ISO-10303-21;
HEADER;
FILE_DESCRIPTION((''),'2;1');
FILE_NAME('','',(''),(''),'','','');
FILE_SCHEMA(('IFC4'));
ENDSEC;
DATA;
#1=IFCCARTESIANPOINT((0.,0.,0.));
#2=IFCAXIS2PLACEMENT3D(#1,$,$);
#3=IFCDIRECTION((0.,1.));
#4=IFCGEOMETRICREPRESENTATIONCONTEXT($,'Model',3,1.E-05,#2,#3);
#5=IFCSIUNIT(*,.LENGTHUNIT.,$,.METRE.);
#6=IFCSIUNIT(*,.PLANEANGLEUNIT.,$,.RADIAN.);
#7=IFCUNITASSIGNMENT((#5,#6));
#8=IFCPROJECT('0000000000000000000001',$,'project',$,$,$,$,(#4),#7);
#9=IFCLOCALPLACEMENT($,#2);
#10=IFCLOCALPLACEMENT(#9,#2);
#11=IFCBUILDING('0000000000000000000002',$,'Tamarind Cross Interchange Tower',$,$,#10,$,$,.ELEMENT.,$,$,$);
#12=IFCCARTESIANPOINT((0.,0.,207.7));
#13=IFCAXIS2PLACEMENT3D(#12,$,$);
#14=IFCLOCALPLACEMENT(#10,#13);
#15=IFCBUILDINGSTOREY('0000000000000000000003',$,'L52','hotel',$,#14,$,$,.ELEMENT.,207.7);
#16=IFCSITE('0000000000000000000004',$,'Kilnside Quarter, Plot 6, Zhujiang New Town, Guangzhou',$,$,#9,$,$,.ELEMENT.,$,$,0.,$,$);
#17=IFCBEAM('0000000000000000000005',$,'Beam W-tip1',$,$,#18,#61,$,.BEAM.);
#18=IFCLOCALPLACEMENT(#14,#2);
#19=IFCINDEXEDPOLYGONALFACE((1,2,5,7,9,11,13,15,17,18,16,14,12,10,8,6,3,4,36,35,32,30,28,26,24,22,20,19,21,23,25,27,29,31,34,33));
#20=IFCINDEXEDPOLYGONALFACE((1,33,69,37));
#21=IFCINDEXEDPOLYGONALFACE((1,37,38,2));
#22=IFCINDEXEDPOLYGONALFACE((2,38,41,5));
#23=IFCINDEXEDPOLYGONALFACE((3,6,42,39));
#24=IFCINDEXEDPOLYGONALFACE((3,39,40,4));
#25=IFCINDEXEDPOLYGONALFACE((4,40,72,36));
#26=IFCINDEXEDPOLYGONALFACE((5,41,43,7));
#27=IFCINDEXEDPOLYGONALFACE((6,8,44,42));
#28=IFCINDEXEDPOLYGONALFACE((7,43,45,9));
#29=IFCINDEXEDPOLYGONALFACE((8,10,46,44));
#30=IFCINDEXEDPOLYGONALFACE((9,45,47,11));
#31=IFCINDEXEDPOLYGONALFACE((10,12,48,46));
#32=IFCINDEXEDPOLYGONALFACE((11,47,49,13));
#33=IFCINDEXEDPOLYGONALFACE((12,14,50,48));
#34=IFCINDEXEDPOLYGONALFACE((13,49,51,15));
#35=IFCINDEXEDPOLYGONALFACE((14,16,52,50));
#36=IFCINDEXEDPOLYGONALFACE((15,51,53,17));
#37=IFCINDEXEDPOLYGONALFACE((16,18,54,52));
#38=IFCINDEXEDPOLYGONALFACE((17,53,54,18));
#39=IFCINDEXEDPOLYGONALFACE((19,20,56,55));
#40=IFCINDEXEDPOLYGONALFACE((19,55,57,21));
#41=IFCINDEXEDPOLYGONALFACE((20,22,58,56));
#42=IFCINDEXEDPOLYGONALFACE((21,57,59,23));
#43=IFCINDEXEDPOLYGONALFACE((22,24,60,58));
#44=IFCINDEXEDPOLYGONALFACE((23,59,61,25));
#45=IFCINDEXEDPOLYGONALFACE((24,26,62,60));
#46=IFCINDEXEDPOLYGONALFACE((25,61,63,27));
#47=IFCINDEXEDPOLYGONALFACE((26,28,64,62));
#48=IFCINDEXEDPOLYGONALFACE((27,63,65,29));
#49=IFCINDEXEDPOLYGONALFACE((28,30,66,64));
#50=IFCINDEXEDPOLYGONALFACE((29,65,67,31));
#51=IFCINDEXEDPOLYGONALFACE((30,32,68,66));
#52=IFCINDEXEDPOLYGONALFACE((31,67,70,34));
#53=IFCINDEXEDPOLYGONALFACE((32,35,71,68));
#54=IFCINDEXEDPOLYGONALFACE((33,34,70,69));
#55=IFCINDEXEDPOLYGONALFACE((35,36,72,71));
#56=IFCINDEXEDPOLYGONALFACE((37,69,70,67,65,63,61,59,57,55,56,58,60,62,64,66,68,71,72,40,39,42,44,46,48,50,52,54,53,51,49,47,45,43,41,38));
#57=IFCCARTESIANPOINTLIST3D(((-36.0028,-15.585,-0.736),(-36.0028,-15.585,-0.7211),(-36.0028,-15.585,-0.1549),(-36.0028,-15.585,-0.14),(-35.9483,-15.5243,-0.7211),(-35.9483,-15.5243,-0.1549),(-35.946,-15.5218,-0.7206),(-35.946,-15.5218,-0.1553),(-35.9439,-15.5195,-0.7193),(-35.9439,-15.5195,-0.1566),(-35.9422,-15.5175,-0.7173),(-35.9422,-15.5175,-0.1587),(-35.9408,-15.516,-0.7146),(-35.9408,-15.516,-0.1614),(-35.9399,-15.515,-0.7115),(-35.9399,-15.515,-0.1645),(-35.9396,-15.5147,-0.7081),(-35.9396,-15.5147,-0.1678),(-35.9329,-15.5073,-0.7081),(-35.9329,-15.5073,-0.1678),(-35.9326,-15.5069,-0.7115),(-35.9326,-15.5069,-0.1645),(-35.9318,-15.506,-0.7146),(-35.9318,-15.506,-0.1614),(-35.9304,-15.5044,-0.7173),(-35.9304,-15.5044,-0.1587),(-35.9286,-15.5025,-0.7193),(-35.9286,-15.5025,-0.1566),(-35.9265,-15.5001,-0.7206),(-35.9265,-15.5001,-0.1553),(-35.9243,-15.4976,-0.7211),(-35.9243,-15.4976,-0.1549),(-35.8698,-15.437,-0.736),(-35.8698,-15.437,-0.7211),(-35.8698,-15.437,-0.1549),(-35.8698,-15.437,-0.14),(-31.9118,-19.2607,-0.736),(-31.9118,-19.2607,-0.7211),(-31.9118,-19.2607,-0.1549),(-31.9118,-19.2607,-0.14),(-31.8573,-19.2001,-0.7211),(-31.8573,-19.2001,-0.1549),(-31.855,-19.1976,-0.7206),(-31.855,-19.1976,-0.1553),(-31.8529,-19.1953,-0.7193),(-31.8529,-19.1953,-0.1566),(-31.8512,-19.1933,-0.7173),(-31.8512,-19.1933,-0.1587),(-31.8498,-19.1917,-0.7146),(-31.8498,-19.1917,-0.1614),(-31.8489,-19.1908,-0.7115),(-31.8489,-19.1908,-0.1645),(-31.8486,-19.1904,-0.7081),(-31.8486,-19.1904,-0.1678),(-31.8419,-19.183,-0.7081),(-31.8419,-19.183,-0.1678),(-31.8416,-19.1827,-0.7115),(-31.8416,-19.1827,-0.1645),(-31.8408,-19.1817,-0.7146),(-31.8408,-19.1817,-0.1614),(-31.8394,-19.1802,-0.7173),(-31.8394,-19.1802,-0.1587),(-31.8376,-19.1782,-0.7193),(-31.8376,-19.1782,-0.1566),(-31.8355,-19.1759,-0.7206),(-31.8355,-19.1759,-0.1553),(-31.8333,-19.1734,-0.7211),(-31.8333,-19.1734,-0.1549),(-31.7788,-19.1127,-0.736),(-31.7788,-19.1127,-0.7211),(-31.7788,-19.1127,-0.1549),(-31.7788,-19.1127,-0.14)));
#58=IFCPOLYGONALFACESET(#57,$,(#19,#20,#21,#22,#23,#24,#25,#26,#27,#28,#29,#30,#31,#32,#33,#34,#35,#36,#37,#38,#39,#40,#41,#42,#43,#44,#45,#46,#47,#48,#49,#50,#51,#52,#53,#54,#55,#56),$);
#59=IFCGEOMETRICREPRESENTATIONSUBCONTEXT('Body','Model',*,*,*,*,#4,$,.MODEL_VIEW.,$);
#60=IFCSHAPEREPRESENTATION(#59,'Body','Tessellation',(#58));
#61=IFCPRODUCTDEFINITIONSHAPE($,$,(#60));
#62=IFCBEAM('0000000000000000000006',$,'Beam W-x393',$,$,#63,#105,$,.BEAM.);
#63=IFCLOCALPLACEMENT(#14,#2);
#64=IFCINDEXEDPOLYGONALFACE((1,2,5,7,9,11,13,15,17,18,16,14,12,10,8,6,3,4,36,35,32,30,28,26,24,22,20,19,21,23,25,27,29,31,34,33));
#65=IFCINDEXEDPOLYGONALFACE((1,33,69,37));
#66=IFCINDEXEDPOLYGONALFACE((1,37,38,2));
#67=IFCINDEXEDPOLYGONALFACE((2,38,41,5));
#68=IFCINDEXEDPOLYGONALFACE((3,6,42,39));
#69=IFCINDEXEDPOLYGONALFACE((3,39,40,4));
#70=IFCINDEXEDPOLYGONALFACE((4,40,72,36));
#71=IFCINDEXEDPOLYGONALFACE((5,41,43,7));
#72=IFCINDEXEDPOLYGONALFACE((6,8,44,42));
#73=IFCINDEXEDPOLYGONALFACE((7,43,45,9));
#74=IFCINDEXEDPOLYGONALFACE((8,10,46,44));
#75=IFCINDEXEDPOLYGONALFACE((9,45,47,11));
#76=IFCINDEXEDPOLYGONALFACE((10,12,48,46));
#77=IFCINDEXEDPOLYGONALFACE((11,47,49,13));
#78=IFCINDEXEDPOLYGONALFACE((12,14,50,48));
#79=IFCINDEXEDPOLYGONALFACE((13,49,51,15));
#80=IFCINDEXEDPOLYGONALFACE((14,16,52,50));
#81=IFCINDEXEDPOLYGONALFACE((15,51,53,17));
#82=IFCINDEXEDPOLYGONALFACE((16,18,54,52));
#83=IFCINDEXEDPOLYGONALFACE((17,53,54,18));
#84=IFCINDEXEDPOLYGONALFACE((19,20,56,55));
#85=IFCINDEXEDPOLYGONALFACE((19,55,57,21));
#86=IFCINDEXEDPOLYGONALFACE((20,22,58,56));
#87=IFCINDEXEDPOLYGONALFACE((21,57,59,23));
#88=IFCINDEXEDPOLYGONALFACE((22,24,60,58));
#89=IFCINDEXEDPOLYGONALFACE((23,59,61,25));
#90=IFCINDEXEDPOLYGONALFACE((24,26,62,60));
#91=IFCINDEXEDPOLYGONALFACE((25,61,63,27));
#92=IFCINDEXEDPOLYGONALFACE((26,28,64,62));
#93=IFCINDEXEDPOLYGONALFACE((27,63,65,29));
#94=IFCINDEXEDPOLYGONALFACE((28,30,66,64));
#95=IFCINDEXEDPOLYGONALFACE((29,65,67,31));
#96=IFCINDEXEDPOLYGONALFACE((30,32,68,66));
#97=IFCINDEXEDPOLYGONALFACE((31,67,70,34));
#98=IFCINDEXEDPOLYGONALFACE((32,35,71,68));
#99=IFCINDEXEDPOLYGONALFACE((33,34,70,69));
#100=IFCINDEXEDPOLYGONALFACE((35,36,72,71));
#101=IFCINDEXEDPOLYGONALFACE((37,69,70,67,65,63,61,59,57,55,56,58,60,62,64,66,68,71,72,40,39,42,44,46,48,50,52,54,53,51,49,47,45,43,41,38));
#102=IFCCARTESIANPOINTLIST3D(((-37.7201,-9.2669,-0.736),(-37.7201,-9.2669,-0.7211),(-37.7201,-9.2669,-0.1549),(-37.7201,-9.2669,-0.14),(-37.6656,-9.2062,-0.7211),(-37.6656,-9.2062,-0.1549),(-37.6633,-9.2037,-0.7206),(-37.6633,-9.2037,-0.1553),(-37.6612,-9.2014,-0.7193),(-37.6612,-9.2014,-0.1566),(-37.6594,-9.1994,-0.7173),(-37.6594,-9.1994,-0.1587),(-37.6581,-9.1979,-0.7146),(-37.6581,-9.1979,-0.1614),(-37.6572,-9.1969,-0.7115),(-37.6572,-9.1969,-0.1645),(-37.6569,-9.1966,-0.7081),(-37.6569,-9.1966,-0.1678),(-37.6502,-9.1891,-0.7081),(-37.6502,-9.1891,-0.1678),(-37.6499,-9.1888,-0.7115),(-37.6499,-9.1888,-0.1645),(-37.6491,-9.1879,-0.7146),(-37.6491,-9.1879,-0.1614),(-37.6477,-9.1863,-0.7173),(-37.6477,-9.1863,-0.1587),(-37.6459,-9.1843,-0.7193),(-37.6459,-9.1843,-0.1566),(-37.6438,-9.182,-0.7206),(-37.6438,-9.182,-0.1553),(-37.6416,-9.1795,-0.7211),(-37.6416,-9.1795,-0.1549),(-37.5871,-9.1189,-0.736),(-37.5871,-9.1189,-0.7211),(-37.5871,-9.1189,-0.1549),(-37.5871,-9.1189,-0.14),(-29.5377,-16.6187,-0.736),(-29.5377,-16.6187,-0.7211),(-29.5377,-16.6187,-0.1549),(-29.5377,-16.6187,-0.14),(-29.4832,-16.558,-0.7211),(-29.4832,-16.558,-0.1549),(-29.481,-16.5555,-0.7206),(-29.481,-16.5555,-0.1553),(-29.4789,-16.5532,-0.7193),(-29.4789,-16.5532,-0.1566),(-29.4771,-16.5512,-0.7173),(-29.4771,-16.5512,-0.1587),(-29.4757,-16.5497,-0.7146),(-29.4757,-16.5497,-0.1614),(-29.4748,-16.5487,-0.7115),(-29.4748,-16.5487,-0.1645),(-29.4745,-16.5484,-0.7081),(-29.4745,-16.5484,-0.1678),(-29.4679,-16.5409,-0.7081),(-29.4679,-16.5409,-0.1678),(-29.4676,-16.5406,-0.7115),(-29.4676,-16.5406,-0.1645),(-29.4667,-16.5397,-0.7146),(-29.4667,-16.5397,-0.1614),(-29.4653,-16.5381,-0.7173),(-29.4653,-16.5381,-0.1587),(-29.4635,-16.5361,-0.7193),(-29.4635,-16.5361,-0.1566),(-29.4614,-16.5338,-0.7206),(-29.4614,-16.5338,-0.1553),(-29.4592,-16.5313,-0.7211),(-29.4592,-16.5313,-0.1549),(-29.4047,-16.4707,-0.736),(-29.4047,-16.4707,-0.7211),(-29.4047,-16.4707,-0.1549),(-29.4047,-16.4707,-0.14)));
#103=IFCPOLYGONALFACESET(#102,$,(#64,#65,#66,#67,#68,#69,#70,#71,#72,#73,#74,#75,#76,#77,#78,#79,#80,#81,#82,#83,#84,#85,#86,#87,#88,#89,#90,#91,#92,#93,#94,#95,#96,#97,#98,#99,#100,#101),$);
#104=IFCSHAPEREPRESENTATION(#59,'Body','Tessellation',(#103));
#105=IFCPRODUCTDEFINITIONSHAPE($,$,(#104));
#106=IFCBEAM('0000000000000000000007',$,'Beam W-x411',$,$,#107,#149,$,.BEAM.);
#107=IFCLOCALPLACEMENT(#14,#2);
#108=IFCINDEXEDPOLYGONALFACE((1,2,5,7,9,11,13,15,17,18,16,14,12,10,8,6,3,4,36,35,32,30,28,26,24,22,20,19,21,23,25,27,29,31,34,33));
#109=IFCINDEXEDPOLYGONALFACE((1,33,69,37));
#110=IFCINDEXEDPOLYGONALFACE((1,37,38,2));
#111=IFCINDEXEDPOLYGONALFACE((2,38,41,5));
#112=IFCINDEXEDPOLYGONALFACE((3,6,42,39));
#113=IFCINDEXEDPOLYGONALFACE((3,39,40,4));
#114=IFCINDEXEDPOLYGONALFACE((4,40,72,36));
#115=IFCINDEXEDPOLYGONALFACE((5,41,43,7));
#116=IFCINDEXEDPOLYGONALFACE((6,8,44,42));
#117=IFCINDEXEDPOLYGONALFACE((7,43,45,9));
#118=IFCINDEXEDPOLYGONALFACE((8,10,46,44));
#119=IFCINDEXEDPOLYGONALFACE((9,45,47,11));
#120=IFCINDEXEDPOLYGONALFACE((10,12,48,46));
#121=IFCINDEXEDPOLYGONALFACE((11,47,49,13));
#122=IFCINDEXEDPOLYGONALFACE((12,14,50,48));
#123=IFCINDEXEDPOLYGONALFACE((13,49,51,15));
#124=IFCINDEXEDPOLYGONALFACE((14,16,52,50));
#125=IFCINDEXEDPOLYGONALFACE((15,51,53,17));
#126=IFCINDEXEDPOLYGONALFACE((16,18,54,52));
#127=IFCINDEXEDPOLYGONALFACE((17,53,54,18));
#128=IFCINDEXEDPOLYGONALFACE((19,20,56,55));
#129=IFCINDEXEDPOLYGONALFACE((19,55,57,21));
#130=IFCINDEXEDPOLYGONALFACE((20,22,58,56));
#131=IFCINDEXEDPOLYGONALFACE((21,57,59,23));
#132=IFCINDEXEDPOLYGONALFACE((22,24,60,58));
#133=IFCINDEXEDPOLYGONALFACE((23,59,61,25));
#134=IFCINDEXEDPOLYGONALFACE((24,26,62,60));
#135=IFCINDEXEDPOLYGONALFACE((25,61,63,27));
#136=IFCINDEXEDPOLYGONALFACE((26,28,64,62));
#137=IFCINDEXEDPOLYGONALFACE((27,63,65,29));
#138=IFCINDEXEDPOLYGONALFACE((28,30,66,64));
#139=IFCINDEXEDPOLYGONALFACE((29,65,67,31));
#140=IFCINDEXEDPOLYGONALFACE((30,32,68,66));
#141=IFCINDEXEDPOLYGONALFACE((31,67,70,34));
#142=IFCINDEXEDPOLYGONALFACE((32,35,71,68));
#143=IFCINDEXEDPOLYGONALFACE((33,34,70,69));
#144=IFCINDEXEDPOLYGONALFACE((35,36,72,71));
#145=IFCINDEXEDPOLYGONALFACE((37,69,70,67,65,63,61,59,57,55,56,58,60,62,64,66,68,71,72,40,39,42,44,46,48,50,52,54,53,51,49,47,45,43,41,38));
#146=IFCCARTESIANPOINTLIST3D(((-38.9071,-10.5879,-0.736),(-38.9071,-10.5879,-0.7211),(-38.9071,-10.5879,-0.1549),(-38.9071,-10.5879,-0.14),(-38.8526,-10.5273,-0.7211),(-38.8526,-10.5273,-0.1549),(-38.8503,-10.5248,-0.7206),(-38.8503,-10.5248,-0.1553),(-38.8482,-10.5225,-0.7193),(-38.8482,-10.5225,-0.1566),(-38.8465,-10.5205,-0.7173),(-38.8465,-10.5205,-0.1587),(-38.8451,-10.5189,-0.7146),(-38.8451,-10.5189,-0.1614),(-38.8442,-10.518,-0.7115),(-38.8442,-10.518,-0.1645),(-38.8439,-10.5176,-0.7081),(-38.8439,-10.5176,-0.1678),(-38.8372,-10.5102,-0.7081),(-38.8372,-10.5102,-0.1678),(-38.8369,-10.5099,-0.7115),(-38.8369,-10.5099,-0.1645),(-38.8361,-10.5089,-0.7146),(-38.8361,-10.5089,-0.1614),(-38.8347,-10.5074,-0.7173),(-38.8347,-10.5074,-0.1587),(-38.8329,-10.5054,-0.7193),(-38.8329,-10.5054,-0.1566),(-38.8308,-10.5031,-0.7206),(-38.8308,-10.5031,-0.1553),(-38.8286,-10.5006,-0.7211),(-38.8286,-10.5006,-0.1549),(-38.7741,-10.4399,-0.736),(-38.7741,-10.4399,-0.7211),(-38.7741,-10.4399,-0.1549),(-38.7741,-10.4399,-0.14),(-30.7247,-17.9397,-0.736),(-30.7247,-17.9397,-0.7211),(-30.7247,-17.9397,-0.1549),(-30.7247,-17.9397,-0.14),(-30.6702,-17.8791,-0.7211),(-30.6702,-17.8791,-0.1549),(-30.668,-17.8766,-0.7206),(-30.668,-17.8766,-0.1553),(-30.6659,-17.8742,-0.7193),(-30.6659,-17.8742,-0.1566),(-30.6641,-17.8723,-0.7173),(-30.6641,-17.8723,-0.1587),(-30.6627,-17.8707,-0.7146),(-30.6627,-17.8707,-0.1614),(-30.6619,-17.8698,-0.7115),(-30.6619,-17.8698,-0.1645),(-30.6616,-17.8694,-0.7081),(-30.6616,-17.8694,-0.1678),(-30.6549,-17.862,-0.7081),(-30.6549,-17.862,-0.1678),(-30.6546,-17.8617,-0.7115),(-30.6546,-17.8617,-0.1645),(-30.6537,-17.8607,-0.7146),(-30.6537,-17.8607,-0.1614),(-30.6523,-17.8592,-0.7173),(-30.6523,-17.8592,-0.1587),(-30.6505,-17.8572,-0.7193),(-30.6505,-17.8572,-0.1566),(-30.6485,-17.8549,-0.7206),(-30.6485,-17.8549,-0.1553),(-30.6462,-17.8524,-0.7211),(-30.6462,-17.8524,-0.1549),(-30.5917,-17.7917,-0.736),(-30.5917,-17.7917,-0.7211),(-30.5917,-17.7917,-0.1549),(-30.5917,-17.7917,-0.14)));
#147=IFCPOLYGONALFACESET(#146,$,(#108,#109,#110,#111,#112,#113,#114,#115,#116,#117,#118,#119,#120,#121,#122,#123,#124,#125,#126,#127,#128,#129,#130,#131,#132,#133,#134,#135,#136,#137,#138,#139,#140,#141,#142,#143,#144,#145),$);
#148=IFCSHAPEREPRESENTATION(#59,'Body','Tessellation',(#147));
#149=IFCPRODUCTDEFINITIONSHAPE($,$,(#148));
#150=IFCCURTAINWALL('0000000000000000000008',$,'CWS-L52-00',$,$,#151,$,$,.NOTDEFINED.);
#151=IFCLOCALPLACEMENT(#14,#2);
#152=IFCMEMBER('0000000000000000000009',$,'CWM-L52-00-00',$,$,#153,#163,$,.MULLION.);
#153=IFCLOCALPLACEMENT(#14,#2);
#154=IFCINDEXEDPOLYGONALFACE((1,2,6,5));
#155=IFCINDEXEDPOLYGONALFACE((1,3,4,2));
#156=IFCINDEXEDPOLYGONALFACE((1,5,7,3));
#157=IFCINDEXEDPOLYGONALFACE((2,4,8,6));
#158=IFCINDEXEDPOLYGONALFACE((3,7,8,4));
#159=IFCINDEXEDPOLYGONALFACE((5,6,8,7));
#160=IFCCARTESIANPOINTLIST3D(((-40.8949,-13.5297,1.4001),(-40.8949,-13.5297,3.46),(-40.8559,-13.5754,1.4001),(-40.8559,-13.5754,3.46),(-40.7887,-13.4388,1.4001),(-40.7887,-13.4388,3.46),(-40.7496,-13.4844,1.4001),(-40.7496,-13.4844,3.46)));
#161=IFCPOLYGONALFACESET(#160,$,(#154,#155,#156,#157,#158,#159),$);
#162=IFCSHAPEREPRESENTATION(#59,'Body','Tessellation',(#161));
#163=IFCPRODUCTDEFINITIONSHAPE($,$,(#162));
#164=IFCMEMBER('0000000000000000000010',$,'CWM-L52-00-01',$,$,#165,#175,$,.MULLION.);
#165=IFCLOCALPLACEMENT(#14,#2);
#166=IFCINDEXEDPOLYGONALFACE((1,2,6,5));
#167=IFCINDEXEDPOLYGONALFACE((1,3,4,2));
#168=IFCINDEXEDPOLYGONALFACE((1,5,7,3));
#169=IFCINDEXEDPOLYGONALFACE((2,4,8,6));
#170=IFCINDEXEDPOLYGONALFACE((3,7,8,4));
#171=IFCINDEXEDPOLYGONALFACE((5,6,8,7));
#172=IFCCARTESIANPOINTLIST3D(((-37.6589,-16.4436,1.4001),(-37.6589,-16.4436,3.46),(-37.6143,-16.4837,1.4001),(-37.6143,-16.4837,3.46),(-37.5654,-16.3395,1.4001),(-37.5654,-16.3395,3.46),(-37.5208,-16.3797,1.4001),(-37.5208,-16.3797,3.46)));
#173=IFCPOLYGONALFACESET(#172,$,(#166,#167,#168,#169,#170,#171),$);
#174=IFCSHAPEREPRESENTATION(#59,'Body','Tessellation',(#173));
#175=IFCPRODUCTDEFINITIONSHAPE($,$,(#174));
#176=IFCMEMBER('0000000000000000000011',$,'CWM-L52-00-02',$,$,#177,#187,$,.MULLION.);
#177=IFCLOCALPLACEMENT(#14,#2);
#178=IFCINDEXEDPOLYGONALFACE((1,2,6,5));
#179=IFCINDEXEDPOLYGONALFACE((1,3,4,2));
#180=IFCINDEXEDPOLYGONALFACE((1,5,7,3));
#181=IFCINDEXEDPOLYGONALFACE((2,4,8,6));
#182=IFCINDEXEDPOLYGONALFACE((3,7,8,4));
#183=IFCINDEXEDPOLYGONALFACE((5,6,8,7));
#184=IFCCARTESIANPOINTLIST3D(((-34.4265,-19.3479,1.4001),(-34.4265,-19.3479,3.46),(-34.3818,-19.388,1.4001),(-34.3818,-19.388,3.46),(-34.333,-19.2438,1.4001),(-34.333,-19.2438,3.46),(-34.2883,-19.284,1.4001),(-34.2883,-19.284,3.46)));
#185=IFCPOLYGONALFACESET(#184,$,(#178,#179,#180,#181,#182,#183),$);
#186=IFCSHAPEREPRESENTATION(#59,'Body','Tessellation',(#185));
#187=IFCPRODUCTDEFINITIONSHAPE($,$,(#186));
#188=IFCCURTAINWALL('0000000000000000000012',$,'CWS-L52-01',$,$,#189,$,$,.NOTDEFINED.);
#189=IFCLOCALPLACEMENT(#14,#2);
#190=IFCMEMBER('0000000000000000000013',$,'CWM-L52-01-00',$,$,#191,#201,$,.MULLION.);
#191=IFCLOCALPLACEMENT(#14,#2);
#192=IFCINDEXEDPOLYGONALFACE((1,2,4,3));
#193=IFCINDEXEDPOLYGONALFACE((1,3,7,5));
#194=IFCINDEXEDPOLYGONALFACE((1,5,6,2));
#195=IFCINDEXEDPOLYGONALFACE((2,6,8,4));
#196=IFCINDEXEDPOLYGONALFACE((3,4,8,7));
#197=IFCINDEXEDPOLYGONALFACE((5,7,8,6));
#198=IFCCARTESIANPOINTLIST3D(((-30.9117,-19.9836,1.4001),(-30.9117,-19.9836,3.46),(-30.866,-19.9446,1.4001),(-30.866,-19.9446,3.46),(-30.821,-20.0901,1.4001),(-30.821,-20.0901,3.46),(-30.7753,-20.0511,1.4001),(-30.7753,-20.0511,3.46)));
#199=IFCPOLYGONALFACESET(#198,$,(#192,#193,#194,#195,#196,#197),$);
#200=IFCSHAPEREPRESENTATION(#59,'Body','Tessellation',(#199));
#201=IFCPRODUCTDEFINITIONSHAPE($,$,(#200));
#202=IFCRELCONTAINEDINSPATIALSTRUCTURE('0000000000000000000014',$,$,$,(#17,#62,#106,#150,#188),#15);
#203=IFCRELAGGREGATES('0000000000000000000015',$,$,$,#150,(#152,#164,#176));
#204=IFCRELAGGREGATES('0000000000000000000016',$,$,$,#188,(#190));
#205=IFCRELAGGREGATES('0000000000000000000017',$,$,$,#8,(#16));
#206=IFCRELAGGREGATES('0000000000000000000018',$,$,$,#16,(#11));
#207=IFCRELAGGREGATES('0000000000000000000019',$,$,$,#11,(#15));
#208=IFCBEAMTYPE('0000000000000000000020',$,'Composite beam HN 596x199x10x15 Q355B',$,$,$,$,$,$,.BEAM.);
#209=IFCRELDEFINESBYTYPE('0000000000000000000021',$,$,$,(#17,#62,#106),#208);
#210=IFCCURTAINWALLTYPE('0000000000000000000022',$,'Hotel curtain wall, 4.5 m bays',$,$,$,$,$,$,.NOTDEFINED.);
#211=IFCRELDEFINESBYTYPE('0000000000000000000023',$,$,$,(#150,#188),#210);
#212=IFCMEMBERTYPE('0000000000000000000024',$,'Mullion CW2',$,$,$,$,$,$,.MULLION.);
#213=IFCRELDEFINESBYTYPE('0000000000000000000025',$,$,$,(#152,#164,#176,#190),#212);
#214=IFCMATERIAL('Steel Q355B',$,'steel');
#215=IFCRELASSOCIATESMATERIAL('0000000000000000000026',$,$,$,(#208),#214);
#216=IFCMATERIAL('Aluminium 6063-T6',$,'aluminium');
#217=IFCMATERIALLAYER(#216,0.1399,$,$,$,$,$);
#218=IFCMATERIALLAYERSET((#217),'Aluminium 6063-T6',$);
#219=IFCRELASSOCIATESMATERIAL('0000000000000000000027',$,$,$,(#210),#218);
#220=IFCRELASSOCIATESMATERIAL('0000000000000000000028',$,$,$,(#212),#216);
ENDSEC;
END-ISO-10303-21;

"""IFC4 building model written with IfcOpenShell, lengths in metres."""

from ifc_helpers import new_model, si_unit, direction, frame, origin, origin_2d, place, context, subcontext, project, spatial, rectangle, i_section, extrude, material, layer, layer_set, material_profile, profile_set, type_object, element, aggregate, save


model = new_model("IFC4")

# Units and contexts
model_context = context("Model", 3, precision=1e-05, world=origin(), true_north=direction((0.0, 1.0)))
body_context = subcontext(model_context, "Body", "Model", "MODEL_VIEW")
ifc_project = project(units=[si_unit("LENGTHUNIT", "METRE"), si_unit("PLANEANGLEUNIT", "RADIAN")], contexts=[model_context])

# Site, building, storey
site_placement = place(None, origin())
site = spatial("IfcSite", under=ifc_project, at=site_placement, Name="Kilnside Quarter, Plot 6, Zhujiang New Town, Guangzhou", CompositionType="ELEMENT", RefElevation=0.0)
building_placement = place(site_placement, origin())
building = spatial("IfcBuilding", under=site, at=building_placement, Name="Tamarind Cross Interchange Tower", CompositionType="ELEMENT")
storey_placement = place(building_placement, frame((0.0, 0.0, 207.7)))
storey = spatial("IfcBuildingStorey", under=building, at=storey_placement, Name="L52", Description="hotel", CompositionType="ELEMENT", Elevation=207.7)

# Beams
ifc_material_1 = material(Name="Steel Q355B", Category="steel")
ifc_material_profile_1 = material_profile(ifc_material_1, i_section(OverallWidth=0.199, OverallDepth=0.5959, WebThickness=0.01, FlangeThickness=0.0149, FilletRadius=0.0129, at=origin_2d()), Name="HN 596x199x10x15")
ifc_profile_set_1 = profile_set([ifc_material_profile_1], Name="Steel Q355B")
beam_type_1 = type_object("IfcBeamType", Name="Composite beam HN 596x199x10x15 Q355B", PredefinedType="BEAM", material=ifc_profile_set_1)
beam_1_placement = place(storey_placement, frame((-35.9363, -15.511, -0.438), z_axis=(0.743852, -0.668344, 0.0), x_axis=(0.668344, 0.743852, 0.0)))
element("IfcBeam", 1, at=beam_1_placement, inside=storey, type_object=beam_type_1, Name="Beam W-tip1", PredefinedType="BEAM", context=body_context, shape_type="SweptSolid", body=[
    extrude(i_section(OverallWidth=0.199, OverallDepth=0.5959, WebThickness=0.01, FlangeThickness=0.0149, FilletRadius=0.0129, at=origin_2d()), origin(), (0.0, 0.0, 1.0), 5.4998),
])
for number, where, z_axis, x_axis, name in (
    (2, (-37.6536, -9.1929, -0.438), (0.743851, -0.668345, 0.0), (0.668345, 0.743851, 0.0), "Beam W-x393"),
    (3, (-38.8406, -10.5139, -0.438), (0.743851, -0.668345, 0.0), (0.668345, 0.743851, 0.0), "Beam W-x411"),
):
    element("IfcBeam", number, at=place(storey_placement, frame(where, z_axis=z_axis, x_axis=x_axis)), inside=storey, type_object=beam_type_1, Name=name, PredefinedType="BEAM", context=body_context, shape_type="SweptSolid", body=[
        extrude(i_section(OverallWidth=0.199, OverallDepth=0.5959, WebThickness=0.01, FlangeThickness=0.0149, FilletRadius=0.0129, at=origin_2d()), origin(), (0.0, 0.0, 1.0), 11.0),
    ])

# Curtain walls, members
ifc_material_2 = material(Name="Aluminium 6063-T6", Category="aluminium")
ifc_layer_1 = layer(ifc_material_2, 0.1399)
ifc_layer_set_1 = layer_set([ifc_layer_1], Name="Aluminium 6063-T6")
curtain_wall_type = type_object("IfcCurtainWallType", Name="Hotel curtain wall, 4.5 m bays", PredefinedType="NOTDEFINED", material=ifc_layer_set_1)
curtain_wall_1_placement = place(storey_placement, origin())
curtain_wall_1 = element("IfcCurtainWall", 4, at=curtain_wall_1_placement, inside=storey, type_object=curtain_wall_type, Name="CWS-L52-00", PredefinedType="NOTDEFINED")
ifc_material_profile_2 = material_profile(ifc_material_2, rectangle(XDim=0.0601, YDim=0.1399, at=origin_2d()), Name="Mullion CW2")
ifc_profile_set_2 = profile_set([ifc_material_profile_2], Name="Aluminium 6063-T6")
member_type = type_object("IfcMemberType", Name="Mullion CW2", PredefinedType="MULLION", material=ifc_profile_set_2)
member_1_placement = place(storey_placement, frame((-40.8223, -13.5071, 1.4001), z_axis=(0.0, 0.0, 1.0), x_axis=(0.650255, -0.759716, 0.0)))
member_1 = element("IfcMember", 5, at=member_1_placement, type_object=member_type, Name="CWM-L52-00-00", PredefinedType="MULLION", context=body_context, shape_type="SweptSolid", body=[
    extrude(rectangle(XDim=0.0601, YDim=0.1399, at=origin_2d()), origin(), (0.0, 0.0, 1.0), 2.0598),
])
member_2_placement = place(storey_placement, frame((-37.5898, -16.4116, 1.4001), z_axis=(0.0, 0.0, 1.0), x_axis=(0.743854, -0.668342, 0.0)))
member_2 = element("IfcMember", 6, at=member_2_placement, type_object=member_type, Name="CWM-L52-00-01", PredefinedType="MULLION", context=body_context, shape_type="SweptSolid", body=[
    extrude(rectangle(XDim=0.0601, YDim=0.1399, at=origin_2d()), origin(), (0.0, 0.0, 1.0), 2.0598),
])
member_3_placement = place(storey_placement, frame((-34.3574, -19.3159, 1.4001), z_axis=(0.0, 0.0, 1.0), x_axis=(0.743854, -0.668342, 0.0)))
member_3 = element("IfcMember", 7, at=member_3_placement, type_object=member_type, Name="CWM-L52-00-02", PredefinedType="MULLION", context=body_context, shape_type="SweptSolid", body=[
    extrude(rectangle(XDim=0.0601, YDim=0.1399, at=origin_2d()), origin(), (0.0, 0.0, 1.0), 2.0598),
])
aggregate(curtain_wall_1, [member_1, member_2, member_3])
curtain_wall_2_placement = place(storey_placement, origin())
curtain_wall_2 = element("IfcCurtainWall", 8, at=curtain_wall_2_placement, inside=storey, type_object=curtain_wall_type, Name="CWS-L52-01", PredefinedType="NOTDEFINED")
member_4_placement = place(storey_placement, frame((-30.8435, -20.0173, 1.4001), z_axis=(0.0, 0.0, 1.0), x_axis=(0.761225, 0.648488, 0.0)))
member_4 = element("IfcMember", 9, at=member_4_placement, type_object=member_type, Name="CWM-L52-01-00", PredefinedType="MULLION", context=body_context, shape_type="SweptSolid", body=[
    extrude(rectangle(XDim=0.0601, YDim=0.1399, at=origin_2d()), origin(), (0.0, 0.0, 1.0), 2.0598),
])
aggregate(curtain_wall_2, [member_4])

save(model, "model.ifc")
